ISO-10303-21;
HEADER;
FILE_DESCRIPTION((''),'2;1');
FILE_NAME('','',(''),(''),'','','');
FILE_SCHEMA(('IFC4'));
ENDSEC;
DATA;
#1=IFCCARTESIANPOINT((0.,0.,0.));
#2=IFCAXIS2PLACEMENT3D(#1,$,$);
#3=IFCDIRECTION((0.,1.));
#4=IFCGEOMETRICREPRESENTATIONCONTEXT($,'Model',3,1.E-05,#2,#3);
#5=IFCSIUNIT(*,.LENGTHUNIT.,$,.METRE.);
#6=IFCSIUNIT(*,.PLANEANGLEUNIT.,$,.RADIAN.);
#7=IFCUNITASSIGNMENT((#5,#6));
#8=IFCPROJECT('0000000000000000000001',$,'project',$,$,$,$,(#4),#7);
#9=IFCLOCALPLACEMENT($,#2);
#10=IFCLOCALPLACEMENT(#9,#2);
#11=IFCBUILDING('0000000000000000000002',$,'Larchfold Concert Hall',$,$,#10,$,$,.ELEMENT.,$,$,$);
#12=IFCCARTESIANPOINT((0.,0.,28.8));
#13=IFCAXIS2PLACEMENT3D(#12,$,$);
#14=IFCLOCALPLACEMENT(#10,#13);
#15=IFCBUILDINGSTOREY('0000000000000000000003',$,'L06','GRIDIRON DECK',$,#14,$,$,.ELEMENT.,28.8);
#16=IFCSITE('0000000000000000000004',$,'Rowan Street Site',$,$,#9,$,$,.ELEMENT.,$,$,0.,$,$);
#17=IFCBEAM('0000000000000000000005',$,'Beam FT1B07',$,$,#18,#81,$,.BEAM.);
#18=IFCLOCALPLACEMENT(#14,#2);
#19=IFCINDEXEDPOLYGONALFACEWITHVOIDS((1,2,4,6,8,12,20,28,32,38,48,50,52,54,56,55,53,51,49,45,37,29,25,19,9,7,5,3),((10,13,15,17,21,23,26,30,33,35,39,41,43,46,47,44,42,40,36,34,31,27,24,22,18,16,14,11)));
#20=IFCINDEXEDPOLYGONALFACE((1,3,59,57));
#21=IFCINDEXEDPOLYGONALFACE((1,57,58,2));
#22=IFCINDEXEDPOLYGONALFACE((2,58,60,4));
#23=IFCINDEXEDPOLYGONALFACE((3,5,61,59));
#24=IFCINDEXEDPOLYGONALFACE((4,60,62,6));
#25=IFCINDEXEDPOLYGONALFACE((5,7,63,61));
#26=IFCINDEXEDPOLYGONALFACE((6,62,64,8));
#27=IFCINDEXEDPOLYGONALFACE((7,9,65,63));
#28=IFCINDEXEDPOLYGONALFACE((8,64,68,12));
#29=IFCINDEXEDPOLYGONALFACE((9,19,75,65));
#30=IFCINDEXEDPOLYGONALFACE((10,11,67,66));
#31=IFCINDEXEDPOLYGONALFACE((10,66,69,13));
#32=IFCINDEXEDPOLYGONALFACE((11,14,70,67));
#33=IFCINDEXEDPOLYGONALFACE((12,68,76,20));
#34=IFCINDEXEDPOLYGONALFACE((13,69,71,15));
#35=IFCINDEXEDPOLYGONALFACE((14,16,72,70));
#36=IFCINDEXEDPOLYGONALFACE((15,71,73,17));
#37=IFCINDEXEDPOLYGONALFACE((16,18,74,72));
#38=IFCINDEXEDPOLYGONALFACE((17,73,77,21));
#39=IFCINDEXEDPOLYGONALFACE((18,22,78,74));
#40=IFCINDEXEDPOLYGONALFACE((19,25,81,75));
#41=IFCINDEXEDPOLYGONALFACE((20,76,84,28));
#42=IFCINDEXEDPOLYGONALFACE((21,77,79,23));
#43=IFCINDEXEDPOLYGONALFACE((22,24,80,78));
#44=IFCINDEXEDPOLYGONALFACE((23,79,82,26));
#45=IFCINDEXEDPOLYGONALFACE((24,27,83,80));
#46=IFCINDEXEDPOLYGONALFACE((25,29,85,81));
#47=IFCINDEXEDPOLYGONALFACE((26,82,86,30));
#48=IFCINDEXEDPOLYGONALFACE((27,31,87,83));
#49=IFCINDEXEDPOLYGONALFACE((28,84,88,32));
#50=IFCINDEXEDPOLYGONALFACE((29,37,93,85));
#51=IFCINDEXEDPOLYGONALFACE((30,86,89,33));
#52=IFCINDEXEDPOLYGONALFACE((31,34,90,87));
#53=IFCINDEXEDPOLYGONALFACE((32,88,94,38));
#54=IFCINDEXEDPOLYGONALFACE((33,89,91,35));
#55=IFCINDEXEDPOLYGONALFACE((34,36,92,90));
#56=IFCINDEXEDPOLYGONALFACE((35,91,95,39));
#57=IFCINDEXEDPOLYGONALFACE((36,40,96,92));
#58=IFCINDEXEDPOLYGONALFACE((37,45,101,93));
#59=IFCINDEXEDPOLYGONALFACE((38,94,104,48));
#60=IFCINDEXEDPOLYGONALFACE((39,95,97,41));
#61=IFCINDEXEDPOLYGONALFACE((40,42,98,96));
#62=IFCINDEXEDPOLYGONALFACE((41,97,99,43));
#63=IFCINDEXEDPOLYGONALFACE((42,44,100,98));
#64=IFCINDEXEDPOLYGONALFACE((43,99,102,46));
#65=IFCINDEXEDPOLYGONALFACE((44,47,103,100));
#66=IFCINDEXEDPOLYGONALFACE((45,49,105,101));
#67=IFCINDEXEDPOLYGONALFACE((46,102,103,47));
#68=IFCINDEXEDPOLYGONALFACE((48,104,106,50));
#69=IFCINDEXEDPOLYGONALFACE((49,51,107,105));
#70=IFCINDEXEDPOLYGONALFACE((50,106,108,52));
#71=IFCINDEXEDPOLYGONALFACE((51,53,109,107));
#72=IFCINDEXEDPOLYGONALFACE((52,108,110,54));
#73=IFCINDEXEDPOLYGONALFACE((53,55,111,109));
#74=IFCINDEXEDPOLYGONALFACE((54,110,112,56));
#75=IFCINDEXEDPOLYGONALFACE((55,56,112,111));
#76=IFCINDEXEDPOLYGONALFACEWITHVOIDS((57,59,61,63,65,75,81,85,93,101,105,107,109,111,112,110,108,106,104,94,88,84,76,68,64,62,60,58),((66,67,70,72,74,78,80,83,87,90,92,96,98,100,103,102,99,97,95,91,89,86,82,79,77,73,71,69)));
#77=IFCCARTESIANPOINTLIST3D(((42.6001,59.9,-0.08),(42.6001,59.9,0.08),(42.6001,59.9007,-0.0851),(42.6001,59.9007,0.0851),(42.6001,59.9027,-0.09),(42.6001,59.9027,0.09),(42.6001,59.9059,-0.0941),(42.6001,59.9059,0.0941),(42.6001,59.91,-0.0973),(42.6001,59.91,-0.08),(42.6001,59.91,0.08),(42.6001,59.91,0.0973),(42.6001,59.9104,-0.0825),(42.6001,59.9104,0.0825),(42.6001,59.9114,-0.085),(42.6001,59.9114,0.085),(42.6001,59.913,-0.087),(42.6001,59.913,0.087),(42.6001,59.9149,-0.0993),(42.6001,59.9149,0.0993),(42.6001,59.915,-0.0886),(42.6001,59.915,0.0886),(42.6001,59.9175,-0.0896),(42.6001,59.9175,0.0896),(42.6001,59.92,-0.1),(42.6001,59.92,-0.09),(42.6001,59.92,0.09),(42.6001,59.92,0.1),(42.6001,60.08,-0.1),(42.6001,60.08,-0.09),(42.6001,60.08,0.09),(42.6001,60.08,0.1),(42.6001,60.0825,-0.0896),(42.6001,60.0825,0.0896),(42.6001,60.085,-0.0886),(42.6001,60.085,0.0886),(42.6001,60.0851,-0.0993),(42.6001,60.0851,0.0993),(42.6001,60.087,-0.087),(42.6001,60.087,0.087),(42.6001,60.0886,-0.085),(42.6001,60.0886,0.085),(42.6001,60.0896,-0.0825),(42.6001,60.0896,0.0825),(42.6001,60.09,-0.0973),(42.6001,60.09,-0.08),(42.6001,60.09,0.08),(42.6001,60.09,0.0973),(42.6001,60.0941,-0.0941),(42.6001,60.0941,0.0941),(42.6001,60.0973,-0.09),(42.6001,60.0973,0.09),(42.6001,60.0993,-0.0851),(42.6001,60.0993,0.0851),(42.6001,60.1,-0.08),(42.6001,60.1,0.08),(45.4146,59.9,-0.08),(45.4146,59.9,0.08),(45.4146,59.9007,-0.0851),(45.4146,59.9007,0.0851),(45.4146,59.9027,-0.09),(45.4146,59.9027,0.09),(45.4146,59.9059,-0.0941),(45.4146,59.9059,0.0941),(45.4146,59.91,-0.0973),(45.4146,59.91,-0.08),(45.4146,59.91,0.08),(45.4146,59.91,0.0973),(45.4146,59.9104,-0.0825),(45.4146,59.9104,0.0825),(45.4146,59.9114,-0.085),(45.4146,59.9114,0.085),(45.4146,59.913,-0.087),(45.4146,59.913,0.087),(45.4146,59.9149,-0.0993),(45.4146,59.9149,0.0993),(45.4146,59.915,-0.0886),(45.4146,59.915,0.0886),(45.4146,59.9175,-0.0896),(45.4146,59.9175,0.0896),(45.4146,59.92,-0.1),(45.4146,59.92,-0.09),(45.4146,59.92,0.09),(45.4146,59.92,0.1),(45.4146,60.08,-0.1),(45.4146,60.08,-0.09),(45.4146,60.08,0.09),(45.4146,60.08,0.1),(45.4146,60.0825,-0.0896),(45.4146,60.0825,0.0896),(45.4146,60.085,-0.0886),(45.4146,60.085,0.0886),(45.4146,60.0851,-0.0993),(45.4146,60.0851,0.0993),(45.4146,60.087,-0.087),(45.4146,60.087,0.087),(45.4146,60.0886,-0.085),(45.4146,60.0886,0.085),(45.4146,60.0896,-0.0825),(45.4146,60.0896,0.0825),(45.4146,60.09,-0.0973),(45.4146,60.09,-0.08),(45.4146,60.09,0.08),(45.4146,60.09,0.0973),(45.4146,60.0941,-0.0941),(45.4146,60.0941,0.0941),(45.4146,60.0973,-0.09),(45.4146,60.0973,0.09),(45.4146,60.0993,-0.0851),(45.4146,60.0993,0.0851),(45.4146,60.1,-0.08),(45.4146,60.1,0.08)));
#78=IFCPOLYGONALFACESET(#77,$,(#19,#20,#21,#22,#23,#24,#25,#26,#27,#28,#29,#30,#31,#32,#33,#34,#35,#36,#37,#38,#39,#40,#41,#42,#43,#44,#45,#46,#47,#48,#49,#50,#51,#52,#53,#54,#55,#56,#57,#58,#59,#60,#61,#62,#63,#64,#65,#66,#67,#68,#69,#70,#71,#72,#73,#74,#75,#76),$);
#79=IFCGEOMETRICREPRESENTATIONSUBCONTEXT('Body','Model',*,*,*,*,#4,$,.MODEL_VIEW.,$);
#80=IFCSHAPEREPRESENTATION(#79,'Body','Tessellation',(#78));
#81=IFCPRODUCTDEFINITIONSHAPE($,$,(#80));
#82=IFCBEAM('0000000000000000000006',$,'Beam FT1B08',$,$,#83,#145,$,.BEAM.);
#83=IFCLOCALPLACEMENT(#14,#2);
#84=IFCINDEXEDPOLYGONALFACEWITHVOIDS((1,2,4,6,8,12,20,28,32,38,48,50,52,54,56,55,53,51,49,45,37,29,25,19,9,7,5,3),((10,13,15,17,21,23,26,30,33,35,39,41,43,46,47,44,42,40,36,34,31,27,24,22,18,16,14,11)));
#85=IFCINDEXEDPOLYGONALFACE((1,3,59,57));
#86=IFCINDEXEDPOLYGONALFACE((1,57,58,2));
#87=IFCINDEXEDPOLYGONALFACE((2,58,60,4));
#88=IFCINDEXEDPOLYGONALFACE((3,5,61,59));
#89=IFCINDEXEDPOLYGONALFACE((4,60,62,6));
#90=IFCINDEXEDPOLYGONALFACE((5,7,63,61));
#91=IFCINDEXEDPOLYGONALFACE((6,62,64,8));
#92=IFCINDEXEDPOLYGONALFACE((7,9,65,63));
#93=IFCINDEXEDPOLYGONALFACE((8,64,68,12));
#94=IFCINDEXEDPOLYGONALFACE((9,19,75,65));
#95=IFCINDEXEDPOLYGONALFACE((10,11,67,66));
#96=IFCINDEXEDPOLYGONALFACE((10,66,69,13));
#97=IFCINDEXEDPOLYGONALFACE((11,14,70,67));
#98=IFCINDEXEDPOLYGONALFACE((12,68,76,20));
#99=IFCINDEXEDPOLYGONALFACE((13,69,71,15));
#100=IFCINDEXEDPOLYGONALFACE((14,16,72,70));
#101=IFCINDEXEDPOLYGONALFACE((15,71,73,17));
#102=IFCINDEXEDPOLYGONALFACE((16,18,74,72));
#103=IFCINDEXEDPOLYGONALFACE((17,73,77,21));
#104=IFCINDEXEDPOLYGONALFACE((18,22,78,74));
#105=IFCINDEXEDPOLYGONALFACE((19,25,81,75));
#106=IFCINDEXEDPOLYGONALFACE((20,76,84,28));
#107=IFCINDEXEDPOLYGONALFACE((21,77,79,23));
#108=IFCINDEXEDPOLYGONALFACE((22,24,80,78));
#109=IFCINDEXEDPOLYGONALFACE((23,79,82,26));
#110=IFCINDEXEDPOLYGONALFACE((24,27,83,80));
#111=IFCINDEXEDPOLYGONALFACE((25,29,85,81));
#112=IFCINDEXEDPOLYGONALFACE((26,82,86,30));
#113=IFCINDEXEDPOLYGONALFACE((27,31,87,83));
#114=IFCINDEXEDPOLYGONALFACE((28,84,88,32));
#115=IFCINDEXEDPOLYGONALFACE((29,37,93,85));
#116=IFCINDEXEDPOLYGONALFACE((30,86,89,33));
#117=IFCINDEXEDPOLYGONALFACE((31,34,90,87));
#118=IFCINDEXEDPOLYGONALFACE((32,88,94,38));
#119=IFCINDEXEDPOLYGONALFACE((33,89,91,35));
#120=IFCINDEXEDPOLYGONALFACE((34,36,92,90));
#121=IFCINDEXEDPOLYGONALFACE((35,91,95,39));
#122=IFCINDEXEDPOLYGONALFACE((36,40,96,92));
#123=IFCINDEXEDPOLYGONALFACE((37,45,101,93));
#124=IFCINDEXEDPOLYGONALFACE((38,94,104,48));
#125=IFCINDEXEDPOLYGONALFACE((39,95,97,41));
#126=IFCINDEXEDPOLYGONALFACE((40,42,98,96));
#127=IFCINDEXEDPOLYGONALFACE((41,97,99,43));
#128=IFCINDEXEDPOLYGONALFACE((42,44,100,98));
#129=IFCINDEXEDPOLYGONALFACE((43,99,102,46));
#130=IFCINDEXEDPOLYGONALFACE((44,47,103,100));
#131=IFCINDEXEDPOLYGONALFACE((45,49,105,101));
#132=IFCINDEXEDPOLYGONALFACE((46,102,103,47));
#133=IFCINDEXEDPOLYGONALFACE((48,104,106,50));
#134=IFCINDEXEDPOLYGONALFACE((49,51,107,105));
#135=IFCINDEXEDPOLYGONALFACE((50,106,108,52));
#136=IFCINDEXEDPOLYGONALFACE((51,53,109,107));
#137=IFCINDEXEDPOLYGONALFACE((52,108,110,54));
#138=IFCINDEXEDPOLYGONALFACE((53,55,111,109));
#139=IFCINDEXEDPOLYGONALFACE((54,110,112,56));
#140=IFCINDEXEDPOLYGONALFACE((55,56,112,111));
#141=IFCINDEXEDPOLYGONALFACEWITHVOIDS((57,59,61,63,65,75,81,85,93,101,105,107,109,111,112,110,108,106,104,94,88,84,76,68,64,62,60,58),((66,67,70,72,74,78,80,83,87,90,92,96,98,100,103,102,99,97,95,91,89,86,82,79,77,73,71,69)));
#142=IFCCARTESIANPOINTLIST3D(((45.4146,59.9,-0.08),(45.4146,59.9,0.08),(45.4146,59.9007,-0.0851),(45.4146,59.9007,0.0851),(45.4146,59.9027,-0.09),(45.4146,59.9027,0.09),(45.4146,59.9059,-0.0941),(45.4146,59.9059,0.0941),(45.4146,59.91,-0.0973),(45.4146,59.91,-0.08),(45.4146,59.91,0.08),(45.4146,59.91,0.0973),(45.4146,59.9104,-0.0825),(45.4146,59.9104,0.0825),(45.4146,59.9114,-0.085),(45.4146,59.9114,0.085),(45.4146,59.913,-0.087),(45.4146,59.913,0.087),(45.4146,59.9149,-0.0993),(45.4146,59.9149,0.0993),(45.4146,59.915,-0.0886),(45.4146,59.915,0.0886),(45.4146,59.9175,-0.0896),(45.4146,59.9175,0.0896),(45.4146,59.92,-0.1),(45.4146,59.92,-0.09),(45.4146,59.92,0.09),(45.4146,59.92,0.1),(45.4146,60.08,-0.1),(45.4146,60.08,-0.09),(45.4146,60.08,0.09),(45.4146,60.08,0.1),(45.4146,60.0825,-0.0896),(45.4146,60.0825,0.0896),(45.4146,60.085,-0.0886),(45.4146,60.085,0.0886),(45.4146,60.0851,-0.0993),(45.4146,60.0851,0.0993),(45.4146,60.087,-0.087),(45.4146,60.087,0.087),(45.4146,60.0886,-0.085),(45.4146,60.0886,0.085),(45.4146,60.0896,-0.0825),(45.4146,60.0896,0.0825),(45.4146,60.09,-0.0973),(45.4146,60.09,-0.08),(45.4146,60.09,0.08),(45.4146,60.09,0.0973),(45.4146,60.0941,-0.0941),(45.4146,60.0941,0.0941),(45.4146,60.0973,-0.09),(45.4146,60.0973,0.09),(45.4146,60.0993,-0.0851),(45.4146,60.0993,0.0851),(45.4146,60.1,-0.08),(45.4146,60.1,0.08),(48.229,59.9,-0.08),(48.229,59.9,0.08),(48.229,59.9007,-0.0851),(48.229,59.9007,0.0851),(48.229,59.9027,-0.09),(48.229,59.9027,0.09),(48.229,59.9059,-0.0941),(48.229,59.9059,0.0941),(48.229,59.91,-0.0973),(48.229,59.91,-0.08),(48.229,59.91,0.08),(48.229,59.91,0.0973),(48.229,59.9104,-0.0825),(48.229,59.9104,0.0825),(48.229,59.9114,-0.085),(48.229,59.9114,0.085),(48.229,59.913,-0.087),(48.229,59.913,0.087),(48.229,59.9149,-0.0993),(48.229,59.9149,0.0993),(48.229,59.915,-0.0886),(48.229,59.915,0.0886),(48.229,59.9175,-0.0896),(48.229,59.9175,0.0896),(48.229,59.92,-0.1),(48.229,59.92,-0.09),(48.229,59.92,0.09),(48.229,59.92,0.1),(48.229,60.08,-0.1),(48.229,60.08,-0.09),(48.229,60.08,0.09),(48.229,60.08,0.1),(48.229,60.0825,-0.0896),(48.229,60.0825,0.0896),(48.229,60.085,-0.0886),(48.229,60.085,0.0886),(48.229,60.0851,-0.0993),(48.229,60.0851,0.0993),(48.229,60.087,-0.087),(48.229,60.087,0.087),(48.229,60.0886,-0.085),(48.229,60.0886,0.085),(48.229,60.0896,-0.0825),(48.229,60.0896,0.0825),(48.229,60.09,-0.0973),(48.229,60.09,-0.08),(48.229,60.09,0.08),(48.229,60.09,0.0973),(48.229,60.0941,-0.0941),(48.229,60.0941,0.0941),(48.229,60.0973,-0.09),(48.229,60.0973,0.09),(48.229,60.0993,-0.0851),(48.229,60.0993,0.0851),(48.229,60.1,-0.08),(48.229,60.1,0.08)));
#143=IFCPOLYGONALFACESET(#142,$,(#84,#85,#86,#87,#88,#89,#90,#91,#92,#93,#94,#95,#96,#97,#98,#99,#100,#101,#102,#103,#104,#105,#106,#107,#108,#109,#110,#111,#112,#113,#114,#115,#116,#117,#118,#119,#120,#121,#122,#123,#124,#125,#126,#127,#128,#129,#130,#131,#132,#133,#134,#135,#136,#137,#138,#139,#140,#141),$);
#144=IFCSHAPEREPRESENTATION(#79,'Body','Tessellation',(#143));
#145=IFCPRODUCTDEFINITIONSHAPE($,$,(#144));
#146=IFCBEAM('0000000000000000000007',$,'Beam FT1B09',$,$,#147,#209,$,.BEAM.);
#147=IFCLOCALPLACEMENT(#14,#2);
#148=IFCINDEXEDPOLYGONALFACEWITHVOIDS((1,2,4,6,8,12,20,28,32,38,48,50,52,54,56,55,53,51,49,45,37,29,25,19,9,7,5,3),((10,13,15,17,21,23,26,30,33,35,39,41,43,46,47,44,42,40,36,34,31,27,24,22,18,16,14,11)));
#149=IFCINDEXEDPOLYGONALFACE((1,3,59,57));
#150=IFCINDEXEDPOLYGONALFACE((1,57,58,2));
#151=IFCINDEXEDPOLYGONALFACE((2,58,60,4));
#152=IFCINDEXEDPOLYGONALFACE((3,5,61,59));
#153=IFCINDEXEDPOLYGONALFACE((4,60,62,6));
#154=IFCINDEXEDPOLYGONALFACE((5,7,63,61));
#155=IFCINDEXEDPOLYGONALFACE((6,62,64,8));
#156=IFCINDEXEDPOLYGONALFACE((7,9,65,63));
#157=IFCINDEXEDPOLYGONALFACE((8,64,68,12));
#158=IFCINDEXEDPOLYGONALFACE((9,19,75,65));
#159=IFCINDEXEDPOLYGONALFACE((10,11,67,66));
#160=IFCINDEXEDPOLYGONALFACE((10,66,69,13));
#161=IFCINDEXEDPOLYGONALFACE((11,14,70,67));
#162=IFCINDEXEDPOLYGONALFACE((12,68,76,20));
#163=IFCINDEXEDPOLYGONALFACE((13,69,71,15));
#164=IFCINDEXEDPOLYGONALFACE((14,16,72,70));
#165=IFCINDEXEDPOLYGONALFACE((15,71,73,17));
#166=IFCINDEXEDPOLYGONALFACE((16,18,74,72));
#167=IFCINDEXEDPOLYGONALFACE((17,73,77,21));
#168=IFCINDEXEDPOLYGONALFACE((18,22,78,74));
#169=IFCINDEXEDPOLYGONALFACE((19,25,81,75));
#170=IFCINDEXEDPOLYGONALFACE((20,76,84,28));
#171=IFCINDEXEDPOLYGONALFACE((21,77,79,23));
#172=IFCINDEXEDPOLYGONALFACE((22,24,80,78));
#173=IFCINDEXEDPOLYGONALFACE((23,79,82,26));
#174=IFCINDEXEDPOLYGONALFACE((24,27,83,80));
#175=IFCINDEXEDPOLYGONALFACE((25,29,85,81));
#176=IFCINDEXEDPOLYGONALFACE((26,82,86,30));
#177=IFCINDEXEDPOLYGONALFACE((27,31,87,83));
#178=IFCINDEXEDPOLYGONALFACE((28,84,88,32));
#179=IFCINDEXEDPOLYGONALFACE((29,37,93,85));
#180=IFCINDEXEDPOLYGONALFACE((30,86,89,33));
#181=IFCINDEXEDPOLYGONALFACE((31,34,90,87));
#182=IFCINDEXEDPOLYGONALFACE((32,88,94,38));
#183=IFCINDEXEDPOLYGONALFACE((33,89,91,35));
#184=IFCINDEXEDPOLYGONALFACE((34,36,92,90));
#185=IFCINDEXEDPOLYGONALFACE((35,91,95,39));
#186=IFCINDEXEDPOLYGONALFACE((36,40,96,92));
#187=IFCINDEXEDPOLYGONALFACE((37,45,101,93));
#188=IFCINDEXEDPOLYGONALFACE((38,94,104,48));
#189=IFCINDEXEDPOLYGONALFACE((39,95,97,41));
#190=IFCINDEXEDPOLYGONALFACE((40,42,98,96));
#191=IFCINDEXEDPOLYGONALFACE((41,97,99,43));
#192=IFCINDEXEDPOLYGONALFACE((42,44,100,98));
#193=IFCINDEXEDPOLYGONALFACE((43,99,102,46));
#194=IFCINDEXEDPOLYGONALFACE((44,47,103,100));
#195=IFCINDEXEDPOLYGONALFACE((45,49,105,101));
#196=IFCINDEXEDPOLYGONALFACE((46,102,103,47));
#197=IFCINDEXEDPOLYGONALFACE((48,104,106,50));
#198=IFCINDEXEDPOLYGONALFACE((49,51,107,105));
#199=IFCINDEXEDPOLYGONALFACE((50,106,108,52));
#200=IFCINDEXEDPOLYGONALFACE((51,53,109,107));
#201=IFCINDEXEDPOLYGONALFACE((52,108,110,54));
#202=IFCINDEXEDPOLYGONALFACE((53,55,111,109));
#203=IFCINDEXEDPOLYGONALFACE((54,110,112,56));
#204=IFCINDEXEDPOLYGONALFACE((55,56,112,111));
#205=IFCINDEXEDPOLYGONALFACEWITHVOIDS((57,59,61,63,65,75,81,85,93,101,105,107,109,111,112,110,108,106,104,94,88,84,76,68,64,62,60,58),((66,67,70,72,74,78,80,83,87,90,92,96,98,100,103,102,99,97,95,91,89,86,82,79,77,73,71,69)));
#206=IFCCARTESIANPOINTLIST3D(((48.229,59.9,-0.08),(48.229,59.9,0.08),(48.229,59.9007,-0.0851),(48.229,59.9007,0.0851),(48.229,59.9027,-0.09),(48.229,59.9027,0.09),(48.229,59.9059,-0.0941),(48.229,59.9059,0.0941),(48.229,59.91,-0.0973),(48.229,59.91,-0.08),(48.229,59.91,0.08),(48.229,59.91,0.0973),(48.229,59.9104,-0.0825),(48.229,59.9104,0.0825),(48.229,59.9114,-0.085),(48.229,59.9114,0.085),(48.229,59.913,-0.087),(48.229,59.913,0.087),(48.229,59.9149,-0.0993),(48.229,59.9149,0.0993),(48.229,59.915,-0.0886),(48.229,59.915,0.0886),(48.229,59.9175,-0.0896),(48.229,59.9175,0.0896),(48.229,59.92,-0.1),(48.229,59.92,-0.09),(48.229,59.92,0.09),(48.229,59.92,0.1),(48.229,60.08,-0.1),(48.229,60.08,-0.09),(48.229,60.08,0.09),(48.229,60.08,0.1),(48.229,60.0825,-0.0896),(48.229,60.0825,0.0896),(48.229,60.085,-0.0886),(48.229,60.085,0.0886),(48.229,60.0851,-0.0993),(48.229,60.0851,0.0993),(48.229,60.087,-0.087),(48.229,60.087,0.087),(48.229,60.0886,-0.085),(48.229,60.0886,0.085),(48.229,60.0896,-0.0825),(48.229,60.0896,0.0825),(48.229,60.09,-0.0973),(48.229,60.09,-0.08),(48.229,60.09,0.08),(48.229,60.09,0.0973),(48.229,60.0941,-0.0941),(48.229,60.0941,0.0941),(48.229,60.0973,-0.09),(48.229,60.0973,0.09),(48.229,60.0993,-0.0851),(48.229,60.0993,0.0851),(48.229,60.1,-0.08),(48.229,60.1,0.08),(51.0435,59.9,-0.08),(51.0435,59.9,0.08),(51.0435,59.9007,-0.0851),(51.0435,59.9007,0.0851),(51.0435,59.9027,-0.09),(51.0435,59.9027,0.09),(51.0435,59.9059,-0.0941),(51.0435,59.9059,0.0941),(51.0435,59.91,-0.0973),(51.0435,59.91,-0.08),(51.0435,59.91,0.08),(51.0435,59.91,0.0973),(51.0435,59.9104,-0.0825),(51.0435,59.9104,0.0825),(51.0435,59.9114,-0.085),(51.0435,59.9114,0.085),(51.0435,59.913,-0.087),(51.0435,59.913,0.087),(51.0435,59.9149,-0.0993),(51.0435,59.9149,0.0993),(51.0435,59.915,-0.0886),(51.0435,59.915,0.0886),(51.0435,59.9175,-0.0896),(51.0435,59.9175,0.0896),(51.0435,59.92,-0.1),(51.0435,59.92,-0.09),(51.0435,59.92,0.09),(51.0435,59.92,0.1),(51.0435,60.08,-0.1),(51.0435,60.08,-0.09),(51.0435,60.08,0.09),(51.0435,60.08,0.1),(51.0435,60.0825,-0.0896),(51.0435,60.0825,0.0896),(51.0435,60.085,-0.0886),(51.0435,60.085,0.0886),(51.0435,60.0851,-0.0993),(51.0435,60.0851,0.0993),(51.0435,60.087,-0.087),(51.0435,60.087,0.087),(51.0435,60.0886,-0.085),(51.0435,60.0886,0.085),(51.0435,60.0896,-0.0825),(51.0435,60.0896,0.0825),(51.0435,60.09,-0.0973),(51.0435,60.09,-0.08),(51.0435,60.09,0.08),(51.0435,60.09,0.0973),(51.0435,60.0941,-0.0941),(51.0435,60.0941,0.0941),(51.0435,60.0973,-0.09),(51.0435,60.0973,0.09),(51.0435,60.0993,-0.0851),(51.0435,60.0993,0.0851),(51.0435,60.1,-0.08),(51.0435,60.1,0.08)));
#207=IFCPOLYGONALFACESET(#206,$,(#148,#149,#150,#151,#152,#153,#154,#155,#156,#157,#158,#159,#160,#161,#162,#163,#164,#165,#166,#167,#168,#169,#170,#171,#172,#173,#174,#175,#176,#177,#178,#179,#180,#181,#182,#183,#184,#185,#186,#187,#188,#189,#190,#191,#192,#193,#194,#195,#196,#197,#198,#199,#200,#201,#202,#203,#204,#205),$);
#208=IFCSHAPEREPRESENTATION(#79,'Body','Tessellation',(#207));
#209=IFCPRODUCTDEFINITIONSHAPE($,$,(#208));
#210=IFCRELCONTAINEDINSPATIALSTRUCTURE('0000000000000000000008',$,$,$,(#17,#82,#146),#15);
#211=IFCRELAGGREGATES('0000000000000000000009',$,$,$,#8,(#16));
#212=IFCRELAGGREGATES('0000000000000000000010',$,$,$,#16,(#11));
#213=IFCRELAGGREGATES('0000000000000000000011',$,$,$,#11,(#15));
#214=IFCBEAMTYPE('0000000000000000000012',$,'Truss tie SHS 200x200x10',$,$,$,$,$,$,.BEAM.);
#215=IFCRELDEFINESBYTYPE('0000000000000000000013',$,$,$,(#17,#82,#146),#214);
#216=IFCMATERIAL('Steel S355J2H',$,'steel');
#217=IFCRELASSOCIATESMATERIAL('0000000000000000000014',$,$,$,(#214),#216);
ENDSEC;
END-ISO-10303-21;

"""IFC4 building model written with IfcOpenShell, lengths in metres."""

from ifc_helpers import new_model, si_unit, direction, frame, origin, origin_2d, place, context, subcontext, project, spatial, hollow_rectangle, extrude, material, material_profile, profile_set, type_object, element, save


model = new_model("IFC4")

# Units and contexts
model_context = context("Model", 3, precision=1e-05, world=origin(), true_north=direction((0.0, 1.0)))
body_context = subcontext(model_context, "Body", "Model", "MODEL_VIEW")
ifc_project = project(units=[si_unit("LENGTHUNIT", "METRE"), si_unit("PLANEANGLEUNIT", "RADIAN")], contexts=[model_context])

# Site, building, storey
site_placement = place(None, origin())
site = spatial("IfcSite", under=ifc_project, at=site_placement, Name="Rowan Street Site", CompositionType="ELEMENT", RefElevation=0.0)
building_placement = place(site_placement, origin())
building = spatial("IfcBuilding", under=site, at=building_placement, Name="Larchfold Concert Hall", CompositionType="ELEMENT")
storey_placement = place(building_placement, frame((0.0, 0.0, 28.8)))
storey = spatial("IfcBuildingStorey", under=building, at=storey_placement, Name="L06", Description="GRIDIRON DECK", CompositionType="ELEMENT", Elevation=28.8)

# Beams
ifc_material_1 = material(Name="Steel S355J2H", Category="steel")
ifc_material_profile_1 = material_profile(ifc_material_1, hollow_rectangle(XDim=0.2, YDim=0.2, WallThickness=0.01, InnerFilletRadius=0.01, OuterFilletRadius=0.02, at=origin_2d()))
ifc_profile_set_1 = profile_set([ifc_material_profile_1], Name="Steel S355J2H")
beam_type_1 = type_object("IfcBeamType", Name="Truss tie SHS 200x200x10", PredefinedType="BEAM", material=ifc_profile_set_1)
for number, where, z_axis, x_axis, name in (
    (1, (42.6001, 60.0, 0.0), (1.0, 0.0, 0.0), (0.0, 1.0, 0.0), "Beam FT1B07"),
    (2, (45.4146, 60.0, 0.0), (1.0, 0.0, 0.0), (0.0, 1.0, 0.0), "Beam FT1B08"),
    (3, (48.229, 60.0, 0.0), (1.0, 0.0, 0.0), (0.0, 1.0, 0.0), "Beam FT1B09"),
):
    element("IfcBeam", number, at=place(storey_placement, frame(where, z_axis=z_axis, x_axis=x_axis)), inside=storey, type_object=beam_type_1, Name=name, PredefinedType="BEAM", context=body_context, shape_type="SweptSolid", body=[
        extrude(hollow_rectangle(XDim=0.2, YDim=0.2, WallThickness=0.01, InnerFilletRadius=0.01, OuterFilletRadius=0.02, at=origin_2d()), origin(), (0.0, 0.0, 1.0), 2.8145),
    ])

save(model, "model.ifc")
